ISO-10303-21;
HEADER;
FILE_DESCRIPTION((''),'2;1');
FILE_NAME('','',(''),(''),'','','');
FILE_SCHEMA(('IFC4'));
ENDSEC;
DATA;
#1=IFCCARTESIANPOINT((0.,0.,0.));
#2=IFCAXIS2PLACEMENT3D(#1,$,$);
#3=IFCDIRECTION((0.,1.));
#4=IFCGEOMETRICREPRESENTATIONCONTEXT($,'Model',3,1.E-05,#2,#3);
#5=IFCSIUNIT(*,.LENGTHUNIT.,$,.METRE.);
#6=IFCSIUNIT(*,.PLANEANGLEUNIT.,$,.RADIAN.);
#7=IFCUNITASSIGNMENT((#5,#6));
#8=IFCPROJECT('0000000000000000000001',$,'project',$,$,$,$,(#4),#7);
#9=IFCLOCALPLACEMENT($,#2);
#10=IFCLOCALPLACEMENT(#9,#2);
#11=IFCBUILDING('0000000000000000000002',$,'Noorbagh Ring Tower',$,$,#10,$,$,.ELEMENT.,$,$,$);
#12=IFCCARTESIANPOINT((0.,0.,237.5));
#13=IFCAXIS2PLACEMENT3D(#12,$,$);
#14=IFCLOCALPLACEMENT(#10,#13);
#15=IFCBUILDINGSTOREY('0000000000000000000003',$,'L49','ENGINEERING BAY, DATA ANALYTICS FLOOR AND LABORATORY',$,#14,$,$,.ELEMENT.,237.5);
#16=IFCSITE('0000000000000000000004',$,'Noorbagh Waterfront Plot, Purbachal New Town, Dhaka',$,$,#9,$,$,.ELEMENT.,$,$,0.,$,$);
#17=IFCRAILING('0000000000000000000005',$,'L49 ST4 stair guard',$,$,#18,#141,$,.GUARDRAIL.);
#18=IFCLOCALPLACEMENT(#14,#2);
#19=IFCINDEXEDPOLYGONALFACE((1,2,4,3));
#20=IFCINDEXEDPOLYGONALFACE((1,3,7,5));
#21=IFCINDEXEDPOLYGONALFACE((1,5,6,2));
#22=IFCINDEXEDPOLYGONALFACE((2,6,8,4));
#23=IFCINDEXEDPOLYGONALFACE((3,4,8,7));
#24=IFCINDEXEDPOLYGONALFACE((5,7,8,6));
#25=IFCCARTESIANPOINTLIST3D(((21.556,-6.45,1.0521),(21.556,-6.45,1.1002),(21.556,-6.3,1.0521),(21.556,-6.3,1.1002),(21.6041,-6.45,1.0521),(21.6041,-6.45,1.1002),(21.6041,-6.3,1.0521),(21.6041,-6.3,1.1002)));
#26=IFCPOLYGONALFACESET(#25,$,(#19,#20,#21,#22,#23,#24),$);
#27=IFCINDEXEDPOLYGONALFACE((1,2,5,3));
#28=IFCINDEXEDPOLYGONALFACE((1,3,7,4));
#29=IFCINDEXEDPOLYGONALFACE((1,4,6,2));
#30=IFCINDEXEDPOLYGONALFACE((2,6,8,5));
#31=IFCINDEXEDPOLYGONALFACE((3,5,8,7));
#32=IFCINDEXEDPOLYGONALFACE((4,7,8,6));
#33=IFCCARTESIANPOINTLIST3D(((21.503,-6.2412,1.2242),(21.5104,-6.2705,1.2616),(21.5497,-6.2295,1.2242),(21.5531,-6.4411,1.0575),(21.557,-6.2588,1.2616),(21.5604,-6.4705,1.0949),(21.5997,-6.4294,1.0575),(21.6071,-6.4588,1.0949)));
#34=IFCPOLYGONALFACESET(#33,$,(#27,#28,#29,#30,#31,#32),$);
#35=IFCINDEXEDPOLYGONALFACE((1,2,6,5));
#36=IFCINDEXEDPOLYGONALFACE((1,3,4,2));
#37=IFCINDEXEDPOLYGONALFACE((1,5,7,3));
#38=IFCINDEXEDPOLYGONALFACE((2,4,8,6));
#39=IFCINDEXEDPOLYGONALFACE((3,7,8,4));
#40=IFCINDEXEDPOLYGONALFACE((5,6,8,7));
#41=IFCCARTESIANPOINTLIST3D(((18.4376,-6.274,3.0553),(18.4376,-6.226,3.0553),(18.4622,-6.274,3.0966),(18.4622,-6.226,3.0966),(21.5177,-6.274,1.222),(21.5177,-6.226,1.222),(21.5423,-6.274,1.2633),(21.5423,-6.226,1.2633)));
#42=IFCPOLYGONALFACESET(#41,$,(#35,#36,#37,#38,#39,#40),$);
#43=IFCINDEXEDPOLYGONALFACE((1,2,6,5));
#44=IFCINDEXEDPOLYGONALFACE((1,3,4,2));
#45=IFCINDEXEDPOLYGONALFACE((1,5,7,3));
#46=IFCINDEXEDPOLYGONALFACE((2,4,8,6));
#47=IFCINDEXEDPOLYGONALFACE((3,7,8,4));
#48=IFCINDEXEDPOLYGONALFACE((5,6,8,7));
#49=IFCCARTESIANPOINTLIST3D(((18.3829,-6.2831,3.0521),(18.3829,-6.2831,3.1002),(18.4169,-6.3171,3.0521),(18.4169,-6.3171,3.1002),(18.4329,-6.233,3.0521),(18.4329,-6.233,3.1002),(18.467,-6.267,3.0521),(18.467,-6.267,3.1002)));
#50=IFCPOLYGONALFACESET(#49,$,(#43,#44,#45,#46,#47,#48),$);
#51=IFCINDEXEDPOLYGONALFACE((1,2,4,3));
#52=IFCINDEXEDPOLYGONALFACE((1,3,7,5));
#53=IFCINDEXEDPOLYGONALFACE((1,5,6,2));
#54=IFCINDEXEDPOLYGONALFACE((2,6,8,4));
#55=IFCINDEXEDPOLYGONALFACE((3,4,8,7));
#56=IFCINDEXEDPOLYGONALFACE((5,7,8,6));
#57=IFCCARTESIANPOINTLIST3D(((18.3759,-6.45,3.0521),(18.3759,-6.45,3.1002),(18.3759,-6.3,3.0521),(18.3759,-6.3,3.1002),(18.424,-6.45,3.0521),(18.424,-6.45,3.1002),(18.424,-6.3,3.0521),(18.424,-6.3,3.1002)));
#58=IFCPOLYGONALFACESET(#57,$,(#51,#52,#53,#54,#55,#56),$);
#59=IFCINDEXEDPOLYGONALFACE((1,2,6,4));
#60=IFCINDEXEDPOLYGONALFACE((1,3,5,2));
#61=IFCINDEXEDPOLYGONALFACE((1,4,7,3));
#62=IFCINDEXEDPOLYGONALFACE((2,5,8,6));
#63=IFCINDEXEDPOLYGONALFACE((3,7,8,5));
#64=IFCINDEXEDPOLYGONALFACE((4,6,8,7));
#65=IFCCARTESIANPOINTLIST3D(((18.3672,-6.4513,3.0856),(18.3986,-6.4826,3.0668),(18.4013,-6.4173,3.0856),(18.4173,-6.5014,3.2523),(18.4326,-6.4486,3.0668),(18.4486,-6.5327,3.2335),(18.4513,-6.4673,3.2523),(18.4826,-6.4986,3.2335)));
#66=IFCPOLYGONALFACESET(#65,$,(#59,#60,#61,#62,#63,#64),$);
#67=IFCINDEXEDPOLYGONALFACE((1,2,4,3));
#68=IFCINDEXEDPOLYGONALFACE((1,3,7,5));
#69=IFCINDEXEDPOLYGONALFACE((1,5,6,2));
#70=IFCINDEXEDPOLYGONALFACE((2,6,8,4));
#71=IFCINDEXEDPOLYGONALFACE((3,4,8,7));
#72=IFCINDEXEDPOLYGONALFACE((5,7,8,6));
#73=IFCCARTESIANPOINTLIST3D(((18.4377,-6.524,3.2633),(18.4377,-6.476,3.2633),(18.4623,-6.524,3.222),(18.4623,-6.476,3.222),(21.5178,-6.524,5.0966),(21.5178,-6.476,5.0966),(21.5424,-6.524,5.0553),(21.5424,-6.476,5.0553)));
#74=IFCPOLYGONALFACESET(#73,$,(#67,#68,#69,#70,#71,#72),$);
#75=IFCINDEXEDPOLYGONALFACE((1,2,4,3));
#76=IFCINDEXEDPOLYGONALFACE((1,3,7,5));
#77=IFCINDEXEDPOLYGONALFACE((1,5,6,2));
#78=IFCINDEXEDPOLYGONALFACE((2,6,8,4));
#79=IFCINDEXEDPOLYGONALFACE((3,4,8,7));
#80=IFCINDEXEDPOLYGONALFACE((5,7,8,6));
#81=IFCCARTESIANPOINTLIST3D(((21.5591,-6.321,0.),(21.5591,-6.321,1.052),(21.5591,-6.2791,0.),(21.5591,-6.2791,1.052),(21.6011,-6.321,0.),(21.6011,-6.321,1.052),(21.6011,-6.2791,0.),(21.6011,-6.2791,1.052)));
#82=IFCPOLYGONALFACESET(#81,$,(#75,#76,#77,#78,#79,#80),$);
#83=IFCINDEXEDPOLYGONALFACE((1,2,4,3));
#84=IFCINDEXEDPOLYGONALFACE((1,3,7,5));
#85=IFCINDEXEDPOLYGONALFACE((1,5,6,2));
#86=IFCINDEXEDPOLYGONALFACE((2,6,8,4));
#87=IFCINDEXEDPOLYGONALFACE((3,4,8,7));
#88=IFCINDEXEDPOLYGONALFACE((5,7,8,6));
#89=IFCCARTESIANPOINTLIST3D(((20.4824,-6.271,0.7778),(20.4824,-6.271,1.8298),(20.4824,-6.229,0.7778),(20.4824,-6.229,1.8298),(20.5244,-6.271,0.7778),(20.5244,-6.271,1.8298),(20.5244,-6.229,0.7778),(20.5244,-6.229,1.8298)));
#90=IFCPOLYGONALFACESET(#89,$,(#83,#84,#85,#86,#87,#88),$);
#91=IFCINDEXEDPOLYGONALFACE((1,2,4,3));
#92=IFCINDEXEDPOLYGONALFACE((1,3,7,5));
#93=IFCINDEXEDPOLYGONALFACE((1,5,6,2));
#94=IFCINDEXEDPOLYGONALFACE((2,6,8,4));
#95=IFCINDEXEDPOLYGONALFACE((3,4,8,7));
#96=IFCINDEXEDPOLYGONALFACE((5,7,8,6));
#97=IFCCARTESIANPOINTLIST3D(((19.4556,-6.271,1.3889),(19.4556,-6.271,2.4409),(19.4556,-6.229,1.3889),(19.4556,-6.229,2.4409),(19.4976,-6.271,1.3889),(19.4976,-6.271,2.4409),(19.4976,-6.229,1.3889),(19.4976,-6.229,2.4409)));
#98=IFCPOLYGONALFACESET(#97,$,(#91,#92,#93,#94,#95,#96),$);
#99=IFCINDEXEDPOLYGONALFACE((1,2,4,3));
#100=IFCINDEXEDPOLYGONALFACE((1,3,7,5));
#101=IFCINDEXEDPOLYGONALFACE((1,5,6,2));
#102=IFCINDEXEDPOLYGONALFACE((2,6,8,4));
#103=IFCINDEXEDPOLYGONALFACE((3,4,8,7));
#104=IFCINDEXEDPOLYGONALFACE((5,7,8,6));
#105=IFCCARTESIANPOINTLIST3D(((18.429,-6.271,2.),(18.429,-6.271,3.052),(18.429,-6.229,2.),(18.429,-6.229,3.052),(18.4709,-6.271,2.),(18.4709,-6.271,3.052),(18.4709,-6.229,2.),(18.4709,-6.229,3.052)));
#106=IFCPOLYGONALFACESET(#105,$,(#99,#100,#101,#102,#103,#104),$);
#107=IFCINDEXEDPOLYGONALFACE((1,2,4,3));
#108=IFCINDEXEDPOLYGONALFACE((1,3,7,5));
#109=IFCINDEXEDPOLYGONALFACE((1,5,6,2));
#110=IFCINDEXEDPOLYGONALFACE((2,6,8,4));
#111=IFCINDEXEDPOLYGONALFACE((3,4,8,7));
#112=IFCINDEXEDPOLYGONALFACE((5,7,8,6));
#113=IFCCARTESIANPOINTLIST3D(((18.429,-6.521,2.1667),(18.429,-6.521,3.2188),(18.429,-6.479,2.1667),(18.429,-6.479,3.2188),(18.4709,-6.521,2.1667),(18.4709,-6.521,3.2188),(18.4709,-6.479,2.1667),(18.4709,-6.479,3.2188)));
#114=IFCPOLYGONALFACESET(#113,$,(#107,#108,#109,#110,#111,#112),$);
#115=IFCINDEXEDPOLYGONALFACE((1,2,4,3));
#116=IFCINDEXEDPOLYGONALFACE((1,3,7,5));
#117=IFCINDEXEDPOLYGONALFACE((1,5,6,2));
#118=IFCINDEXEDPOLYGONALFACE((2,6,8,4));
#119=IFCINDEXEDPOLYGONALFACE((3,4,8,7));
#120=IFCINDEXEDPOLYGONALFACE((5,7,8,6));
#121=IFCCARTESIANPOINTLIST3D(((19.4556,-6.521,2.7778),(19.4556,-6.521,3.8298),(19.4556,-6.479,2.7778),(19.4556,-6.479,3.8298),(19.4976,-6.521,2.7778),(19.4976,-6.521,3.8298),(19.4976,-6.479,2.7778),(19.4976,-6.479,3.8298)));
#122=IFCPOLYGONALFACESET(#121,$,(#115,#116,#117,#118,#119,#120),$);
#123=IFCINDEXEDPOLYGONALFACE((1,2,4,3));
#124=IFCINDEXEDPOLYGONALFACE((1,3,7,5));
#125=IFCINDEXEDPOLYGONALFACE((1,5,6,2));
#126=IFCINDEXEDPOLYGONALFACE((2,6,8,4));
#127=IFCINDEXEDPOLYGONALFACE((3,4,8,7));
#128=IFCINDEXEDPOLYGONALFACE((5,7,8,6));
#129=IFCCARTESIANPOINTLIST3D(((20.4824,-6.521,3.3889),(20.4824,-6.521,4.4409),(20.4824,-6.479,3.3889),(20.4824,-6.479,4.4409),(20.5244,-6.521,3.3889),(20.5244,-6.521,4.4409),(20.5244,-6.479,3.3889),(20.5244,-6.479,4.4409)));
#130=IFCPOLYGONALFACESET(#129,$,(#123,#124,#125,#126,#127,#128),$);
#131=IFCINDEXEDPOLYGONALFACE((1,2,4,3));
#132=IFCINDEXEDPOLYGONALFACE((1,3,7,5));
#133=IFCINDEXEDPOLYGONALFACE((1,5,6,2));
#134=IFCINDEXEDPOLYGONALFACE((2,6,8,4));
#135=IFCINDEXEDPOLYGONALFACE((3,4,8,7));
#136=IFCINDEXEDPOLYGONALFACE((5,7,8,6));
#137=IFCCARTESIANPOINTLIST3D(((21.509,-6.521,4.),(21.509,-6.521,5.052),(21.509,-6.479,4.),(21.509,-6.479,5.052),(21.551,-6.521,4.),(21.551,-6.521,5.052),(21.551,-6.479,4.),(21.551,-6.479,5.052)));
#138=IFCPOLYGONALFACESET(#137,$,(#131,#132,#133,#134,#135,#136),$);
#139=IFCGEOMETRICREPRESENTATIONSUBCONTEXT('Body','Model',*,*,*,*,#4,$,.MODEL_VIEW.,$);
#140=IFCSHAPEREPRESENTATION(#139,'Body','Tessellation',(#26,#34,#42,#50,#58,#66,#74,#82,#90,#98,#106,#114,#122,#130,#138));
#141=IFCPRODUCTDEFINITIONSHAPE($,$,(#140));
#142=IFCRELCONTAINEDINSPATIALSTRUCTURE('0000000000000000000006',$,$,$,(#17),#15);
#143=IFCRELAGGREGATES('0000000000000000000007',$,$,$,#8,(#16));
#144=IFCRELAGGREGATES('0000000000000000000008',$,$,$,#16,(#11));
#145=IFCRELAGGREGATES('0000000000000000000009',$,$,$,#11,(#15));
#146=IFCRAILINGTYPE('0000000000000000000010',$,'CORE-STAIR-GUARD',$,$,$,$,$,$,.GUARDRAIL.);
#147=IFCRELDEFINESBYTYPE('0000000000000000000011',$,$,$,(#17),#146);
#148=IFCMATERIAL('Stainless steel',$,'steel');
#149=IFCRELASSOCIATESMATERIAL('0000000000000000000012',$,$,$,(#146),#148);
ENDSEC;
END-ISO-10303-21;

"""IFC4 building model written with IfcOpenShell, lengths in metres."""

from ifc_helpers import new_model, si_unit, direction, frame, origin, origin_2d, place, context, subcontext, project, spatial, rectangle, extrude, material, type_object, element, save


model = new_model("IFC4")

# Units and contexts
model_context = context("Model", 3, precision=1e-05, world=origin(), true_north=direction((0.0, 1.0)))
body_context = subcontext(model_context, "Body", "Model", "MODEL_VIEW")
ifc_project = project(units=[si_unit("LENGTHUNIT", "METRE"), si_unit("PLANEANGLEUNIT", "RADIAN")], contexts=[model_context])

# Site, building, storey
site_placement = place(None, origin())
site = spatial("IfcSite", under=ifc_project, at=site_placement, Name="Noorbagh Waterfront Plot, Purbachal New Town, Dhaka", CompositionType="ELEMENT", RefElevation=0.0)
building_placement = place(site_placement, origin())
building = spatial("IfcBuilding", under=site, at=building_placement, Name="Noorbagh Ring Tower", CompositionType="ELEMENT")
storey_placement = place(building_placement, frame((0.0, 0.0, 237.5)))
storey = spatial("IfcBuildingStorey", under=building, at=storey_placement, Name="L49", Description="ENGINEERING BAY, DATA ANALYTICS FLOOR AND LABORATORY", CompositionType="ELEMENT", Elevation=237.5)

# Railing
ifc_material_1 = material(Name="Stainless steel", Category="steel")
railing_type_1 = type_object("IfcRailingType", Name="CORE-STAIR-GUARD", PredefinedType="GUARDRAIL", material=ifc_material_1)
railing_1_placement = place(storey_placement, frame((21.5801, -6.3, 0.0)))
element("IfcRailing", 1, at=railing_1_placement, inside=storey, type_object=railing_type_1, Name="L49 ST4 stair guard", PredefinedType="GUARDRAIL", context=body_context, shape_type="SweptSolid", body=[
    extrude(rectangle(XDim=0.0481, YDim=0.0481, at=origin_2d()), frame((0.0, 0.0, 1.0762), z_axis=(0.0, -1.0, 0.0), x_axis=(1.0, 0.0, 0.0)), (0.0, 0.0, 1.0), 0.1499),
    extrude(rectangle(XDim=0.0481, YDim=0.0481, at=origin_2d()), frame((0.0, -0.1499, 1.0762), z_axis=(-0.188776, 0.754182, 0.628946), x_axis=(-0.970073, -0.242814, 0.0)), (0.0, 0.0, 1.0), 0.2651),
    extrude(rectangle(XDim=0.0481, YDim=0.0481, at=origin_2d()), frame((-0.05, 0.05, 1.2427), z_axis=(-0.859309, 0.0, 0.511458), x_axis=(0.0, -1.0, 0.0)), (0.0, 0.0, 1.0), 3.5845),
    extrude(rectangle(XDim=0.0481, YDim=0.0481, at=origin_2d()), frame((-3.1301, 0.05, 3.0762), z_axis=(-0.707107, -0.707107, 0.0), x_axis=(0.707107, -0.707107, 0.0)), (0.0, 0.0, 1.0), 0.0708),
    extrude(rectangle(XDim=0.0481, YDim=0.0481, at=origin_2d()), frame((-3.1802, 0.0, 3.0762), z_axis=(0.0, -1.0, 0.0), x_axis=(1.0, 0.0, 0.0)), (0.0, 0.0, 1.0), 0.1499),
    extrude(rectangle(XDim=0.0481, YDim=0.0481, at=origin_2d()), frame((-3.1802, -0.1499, 3.0762), z_axis=(0.276287, -0.276287, 0.920506), x_axis=(0.707107, 0.707107, 0.0)), (0.0, 0.0, 1.0), 0.1812),
    extrude(rectangle(XDim=0.0481, YDim=0.0481, at=origin_2d()), frame((-3.1301, -0.2, 3.2427), z_axis=(0.859309, 0.0, 0.511458), x_axis=(0.0, 1.0, 0.0)), (0.0, 0.0, 1.0), 3.5845),
    extrude(rectangle(XDim=0.042, YDim=0.042, at=origin_2d()), origin(), (0.0, 0.0, 1.0), 1.052),
    extrude(rectangle(XDim=0.042, YDim=0.042, at=origin_2d()), frame((-1.0767, 0.05, 0.7778)), (0.0, 0.0, 1.0), 1.052),
    extrude(rectangle(XDim=0.042, YDim=0.042, at=origin_2d()), frame((-2.1035, 0.05, 1.3889)), (0.0, 0.0, 1.0), 1.052),
    extrude(rectangle(XDim=0.042, YDim=0.042, at=origin_2d()), frame((-3.1301, 0.05, 2.0)), (0.0, 0.0, 1.0), 1.052),
    extrude(rectangle(XDim=0.042, YDim=0.042, at=origin_2d()), frame((-3.1301, -0.2, 2.1667)), (0.0, 0.0, 1.0), 1.052),
    extrude(rectangle(XDim=0.042, YDim=0.042, at=origin_2d()), frame((-2.1035, -0.2, 2.7778)), (0.0, 0.0, 1.0), 1.052),
    extrude(rectangle(XDim=0.042, YDim=0.042, at=origin_2d()), frame((-1.0767, -0.2, 3.3889)), (0.0, 0.0, 1.0), 1.052),
    extrude(rectangle(XDim=0.042, YDim=0.042, at=origin_2d()), frame((-0.05, -0.2, 4.0)), (0.0, 0.0, 1.0), 1.052),
])

save(model, "model.ifc")
